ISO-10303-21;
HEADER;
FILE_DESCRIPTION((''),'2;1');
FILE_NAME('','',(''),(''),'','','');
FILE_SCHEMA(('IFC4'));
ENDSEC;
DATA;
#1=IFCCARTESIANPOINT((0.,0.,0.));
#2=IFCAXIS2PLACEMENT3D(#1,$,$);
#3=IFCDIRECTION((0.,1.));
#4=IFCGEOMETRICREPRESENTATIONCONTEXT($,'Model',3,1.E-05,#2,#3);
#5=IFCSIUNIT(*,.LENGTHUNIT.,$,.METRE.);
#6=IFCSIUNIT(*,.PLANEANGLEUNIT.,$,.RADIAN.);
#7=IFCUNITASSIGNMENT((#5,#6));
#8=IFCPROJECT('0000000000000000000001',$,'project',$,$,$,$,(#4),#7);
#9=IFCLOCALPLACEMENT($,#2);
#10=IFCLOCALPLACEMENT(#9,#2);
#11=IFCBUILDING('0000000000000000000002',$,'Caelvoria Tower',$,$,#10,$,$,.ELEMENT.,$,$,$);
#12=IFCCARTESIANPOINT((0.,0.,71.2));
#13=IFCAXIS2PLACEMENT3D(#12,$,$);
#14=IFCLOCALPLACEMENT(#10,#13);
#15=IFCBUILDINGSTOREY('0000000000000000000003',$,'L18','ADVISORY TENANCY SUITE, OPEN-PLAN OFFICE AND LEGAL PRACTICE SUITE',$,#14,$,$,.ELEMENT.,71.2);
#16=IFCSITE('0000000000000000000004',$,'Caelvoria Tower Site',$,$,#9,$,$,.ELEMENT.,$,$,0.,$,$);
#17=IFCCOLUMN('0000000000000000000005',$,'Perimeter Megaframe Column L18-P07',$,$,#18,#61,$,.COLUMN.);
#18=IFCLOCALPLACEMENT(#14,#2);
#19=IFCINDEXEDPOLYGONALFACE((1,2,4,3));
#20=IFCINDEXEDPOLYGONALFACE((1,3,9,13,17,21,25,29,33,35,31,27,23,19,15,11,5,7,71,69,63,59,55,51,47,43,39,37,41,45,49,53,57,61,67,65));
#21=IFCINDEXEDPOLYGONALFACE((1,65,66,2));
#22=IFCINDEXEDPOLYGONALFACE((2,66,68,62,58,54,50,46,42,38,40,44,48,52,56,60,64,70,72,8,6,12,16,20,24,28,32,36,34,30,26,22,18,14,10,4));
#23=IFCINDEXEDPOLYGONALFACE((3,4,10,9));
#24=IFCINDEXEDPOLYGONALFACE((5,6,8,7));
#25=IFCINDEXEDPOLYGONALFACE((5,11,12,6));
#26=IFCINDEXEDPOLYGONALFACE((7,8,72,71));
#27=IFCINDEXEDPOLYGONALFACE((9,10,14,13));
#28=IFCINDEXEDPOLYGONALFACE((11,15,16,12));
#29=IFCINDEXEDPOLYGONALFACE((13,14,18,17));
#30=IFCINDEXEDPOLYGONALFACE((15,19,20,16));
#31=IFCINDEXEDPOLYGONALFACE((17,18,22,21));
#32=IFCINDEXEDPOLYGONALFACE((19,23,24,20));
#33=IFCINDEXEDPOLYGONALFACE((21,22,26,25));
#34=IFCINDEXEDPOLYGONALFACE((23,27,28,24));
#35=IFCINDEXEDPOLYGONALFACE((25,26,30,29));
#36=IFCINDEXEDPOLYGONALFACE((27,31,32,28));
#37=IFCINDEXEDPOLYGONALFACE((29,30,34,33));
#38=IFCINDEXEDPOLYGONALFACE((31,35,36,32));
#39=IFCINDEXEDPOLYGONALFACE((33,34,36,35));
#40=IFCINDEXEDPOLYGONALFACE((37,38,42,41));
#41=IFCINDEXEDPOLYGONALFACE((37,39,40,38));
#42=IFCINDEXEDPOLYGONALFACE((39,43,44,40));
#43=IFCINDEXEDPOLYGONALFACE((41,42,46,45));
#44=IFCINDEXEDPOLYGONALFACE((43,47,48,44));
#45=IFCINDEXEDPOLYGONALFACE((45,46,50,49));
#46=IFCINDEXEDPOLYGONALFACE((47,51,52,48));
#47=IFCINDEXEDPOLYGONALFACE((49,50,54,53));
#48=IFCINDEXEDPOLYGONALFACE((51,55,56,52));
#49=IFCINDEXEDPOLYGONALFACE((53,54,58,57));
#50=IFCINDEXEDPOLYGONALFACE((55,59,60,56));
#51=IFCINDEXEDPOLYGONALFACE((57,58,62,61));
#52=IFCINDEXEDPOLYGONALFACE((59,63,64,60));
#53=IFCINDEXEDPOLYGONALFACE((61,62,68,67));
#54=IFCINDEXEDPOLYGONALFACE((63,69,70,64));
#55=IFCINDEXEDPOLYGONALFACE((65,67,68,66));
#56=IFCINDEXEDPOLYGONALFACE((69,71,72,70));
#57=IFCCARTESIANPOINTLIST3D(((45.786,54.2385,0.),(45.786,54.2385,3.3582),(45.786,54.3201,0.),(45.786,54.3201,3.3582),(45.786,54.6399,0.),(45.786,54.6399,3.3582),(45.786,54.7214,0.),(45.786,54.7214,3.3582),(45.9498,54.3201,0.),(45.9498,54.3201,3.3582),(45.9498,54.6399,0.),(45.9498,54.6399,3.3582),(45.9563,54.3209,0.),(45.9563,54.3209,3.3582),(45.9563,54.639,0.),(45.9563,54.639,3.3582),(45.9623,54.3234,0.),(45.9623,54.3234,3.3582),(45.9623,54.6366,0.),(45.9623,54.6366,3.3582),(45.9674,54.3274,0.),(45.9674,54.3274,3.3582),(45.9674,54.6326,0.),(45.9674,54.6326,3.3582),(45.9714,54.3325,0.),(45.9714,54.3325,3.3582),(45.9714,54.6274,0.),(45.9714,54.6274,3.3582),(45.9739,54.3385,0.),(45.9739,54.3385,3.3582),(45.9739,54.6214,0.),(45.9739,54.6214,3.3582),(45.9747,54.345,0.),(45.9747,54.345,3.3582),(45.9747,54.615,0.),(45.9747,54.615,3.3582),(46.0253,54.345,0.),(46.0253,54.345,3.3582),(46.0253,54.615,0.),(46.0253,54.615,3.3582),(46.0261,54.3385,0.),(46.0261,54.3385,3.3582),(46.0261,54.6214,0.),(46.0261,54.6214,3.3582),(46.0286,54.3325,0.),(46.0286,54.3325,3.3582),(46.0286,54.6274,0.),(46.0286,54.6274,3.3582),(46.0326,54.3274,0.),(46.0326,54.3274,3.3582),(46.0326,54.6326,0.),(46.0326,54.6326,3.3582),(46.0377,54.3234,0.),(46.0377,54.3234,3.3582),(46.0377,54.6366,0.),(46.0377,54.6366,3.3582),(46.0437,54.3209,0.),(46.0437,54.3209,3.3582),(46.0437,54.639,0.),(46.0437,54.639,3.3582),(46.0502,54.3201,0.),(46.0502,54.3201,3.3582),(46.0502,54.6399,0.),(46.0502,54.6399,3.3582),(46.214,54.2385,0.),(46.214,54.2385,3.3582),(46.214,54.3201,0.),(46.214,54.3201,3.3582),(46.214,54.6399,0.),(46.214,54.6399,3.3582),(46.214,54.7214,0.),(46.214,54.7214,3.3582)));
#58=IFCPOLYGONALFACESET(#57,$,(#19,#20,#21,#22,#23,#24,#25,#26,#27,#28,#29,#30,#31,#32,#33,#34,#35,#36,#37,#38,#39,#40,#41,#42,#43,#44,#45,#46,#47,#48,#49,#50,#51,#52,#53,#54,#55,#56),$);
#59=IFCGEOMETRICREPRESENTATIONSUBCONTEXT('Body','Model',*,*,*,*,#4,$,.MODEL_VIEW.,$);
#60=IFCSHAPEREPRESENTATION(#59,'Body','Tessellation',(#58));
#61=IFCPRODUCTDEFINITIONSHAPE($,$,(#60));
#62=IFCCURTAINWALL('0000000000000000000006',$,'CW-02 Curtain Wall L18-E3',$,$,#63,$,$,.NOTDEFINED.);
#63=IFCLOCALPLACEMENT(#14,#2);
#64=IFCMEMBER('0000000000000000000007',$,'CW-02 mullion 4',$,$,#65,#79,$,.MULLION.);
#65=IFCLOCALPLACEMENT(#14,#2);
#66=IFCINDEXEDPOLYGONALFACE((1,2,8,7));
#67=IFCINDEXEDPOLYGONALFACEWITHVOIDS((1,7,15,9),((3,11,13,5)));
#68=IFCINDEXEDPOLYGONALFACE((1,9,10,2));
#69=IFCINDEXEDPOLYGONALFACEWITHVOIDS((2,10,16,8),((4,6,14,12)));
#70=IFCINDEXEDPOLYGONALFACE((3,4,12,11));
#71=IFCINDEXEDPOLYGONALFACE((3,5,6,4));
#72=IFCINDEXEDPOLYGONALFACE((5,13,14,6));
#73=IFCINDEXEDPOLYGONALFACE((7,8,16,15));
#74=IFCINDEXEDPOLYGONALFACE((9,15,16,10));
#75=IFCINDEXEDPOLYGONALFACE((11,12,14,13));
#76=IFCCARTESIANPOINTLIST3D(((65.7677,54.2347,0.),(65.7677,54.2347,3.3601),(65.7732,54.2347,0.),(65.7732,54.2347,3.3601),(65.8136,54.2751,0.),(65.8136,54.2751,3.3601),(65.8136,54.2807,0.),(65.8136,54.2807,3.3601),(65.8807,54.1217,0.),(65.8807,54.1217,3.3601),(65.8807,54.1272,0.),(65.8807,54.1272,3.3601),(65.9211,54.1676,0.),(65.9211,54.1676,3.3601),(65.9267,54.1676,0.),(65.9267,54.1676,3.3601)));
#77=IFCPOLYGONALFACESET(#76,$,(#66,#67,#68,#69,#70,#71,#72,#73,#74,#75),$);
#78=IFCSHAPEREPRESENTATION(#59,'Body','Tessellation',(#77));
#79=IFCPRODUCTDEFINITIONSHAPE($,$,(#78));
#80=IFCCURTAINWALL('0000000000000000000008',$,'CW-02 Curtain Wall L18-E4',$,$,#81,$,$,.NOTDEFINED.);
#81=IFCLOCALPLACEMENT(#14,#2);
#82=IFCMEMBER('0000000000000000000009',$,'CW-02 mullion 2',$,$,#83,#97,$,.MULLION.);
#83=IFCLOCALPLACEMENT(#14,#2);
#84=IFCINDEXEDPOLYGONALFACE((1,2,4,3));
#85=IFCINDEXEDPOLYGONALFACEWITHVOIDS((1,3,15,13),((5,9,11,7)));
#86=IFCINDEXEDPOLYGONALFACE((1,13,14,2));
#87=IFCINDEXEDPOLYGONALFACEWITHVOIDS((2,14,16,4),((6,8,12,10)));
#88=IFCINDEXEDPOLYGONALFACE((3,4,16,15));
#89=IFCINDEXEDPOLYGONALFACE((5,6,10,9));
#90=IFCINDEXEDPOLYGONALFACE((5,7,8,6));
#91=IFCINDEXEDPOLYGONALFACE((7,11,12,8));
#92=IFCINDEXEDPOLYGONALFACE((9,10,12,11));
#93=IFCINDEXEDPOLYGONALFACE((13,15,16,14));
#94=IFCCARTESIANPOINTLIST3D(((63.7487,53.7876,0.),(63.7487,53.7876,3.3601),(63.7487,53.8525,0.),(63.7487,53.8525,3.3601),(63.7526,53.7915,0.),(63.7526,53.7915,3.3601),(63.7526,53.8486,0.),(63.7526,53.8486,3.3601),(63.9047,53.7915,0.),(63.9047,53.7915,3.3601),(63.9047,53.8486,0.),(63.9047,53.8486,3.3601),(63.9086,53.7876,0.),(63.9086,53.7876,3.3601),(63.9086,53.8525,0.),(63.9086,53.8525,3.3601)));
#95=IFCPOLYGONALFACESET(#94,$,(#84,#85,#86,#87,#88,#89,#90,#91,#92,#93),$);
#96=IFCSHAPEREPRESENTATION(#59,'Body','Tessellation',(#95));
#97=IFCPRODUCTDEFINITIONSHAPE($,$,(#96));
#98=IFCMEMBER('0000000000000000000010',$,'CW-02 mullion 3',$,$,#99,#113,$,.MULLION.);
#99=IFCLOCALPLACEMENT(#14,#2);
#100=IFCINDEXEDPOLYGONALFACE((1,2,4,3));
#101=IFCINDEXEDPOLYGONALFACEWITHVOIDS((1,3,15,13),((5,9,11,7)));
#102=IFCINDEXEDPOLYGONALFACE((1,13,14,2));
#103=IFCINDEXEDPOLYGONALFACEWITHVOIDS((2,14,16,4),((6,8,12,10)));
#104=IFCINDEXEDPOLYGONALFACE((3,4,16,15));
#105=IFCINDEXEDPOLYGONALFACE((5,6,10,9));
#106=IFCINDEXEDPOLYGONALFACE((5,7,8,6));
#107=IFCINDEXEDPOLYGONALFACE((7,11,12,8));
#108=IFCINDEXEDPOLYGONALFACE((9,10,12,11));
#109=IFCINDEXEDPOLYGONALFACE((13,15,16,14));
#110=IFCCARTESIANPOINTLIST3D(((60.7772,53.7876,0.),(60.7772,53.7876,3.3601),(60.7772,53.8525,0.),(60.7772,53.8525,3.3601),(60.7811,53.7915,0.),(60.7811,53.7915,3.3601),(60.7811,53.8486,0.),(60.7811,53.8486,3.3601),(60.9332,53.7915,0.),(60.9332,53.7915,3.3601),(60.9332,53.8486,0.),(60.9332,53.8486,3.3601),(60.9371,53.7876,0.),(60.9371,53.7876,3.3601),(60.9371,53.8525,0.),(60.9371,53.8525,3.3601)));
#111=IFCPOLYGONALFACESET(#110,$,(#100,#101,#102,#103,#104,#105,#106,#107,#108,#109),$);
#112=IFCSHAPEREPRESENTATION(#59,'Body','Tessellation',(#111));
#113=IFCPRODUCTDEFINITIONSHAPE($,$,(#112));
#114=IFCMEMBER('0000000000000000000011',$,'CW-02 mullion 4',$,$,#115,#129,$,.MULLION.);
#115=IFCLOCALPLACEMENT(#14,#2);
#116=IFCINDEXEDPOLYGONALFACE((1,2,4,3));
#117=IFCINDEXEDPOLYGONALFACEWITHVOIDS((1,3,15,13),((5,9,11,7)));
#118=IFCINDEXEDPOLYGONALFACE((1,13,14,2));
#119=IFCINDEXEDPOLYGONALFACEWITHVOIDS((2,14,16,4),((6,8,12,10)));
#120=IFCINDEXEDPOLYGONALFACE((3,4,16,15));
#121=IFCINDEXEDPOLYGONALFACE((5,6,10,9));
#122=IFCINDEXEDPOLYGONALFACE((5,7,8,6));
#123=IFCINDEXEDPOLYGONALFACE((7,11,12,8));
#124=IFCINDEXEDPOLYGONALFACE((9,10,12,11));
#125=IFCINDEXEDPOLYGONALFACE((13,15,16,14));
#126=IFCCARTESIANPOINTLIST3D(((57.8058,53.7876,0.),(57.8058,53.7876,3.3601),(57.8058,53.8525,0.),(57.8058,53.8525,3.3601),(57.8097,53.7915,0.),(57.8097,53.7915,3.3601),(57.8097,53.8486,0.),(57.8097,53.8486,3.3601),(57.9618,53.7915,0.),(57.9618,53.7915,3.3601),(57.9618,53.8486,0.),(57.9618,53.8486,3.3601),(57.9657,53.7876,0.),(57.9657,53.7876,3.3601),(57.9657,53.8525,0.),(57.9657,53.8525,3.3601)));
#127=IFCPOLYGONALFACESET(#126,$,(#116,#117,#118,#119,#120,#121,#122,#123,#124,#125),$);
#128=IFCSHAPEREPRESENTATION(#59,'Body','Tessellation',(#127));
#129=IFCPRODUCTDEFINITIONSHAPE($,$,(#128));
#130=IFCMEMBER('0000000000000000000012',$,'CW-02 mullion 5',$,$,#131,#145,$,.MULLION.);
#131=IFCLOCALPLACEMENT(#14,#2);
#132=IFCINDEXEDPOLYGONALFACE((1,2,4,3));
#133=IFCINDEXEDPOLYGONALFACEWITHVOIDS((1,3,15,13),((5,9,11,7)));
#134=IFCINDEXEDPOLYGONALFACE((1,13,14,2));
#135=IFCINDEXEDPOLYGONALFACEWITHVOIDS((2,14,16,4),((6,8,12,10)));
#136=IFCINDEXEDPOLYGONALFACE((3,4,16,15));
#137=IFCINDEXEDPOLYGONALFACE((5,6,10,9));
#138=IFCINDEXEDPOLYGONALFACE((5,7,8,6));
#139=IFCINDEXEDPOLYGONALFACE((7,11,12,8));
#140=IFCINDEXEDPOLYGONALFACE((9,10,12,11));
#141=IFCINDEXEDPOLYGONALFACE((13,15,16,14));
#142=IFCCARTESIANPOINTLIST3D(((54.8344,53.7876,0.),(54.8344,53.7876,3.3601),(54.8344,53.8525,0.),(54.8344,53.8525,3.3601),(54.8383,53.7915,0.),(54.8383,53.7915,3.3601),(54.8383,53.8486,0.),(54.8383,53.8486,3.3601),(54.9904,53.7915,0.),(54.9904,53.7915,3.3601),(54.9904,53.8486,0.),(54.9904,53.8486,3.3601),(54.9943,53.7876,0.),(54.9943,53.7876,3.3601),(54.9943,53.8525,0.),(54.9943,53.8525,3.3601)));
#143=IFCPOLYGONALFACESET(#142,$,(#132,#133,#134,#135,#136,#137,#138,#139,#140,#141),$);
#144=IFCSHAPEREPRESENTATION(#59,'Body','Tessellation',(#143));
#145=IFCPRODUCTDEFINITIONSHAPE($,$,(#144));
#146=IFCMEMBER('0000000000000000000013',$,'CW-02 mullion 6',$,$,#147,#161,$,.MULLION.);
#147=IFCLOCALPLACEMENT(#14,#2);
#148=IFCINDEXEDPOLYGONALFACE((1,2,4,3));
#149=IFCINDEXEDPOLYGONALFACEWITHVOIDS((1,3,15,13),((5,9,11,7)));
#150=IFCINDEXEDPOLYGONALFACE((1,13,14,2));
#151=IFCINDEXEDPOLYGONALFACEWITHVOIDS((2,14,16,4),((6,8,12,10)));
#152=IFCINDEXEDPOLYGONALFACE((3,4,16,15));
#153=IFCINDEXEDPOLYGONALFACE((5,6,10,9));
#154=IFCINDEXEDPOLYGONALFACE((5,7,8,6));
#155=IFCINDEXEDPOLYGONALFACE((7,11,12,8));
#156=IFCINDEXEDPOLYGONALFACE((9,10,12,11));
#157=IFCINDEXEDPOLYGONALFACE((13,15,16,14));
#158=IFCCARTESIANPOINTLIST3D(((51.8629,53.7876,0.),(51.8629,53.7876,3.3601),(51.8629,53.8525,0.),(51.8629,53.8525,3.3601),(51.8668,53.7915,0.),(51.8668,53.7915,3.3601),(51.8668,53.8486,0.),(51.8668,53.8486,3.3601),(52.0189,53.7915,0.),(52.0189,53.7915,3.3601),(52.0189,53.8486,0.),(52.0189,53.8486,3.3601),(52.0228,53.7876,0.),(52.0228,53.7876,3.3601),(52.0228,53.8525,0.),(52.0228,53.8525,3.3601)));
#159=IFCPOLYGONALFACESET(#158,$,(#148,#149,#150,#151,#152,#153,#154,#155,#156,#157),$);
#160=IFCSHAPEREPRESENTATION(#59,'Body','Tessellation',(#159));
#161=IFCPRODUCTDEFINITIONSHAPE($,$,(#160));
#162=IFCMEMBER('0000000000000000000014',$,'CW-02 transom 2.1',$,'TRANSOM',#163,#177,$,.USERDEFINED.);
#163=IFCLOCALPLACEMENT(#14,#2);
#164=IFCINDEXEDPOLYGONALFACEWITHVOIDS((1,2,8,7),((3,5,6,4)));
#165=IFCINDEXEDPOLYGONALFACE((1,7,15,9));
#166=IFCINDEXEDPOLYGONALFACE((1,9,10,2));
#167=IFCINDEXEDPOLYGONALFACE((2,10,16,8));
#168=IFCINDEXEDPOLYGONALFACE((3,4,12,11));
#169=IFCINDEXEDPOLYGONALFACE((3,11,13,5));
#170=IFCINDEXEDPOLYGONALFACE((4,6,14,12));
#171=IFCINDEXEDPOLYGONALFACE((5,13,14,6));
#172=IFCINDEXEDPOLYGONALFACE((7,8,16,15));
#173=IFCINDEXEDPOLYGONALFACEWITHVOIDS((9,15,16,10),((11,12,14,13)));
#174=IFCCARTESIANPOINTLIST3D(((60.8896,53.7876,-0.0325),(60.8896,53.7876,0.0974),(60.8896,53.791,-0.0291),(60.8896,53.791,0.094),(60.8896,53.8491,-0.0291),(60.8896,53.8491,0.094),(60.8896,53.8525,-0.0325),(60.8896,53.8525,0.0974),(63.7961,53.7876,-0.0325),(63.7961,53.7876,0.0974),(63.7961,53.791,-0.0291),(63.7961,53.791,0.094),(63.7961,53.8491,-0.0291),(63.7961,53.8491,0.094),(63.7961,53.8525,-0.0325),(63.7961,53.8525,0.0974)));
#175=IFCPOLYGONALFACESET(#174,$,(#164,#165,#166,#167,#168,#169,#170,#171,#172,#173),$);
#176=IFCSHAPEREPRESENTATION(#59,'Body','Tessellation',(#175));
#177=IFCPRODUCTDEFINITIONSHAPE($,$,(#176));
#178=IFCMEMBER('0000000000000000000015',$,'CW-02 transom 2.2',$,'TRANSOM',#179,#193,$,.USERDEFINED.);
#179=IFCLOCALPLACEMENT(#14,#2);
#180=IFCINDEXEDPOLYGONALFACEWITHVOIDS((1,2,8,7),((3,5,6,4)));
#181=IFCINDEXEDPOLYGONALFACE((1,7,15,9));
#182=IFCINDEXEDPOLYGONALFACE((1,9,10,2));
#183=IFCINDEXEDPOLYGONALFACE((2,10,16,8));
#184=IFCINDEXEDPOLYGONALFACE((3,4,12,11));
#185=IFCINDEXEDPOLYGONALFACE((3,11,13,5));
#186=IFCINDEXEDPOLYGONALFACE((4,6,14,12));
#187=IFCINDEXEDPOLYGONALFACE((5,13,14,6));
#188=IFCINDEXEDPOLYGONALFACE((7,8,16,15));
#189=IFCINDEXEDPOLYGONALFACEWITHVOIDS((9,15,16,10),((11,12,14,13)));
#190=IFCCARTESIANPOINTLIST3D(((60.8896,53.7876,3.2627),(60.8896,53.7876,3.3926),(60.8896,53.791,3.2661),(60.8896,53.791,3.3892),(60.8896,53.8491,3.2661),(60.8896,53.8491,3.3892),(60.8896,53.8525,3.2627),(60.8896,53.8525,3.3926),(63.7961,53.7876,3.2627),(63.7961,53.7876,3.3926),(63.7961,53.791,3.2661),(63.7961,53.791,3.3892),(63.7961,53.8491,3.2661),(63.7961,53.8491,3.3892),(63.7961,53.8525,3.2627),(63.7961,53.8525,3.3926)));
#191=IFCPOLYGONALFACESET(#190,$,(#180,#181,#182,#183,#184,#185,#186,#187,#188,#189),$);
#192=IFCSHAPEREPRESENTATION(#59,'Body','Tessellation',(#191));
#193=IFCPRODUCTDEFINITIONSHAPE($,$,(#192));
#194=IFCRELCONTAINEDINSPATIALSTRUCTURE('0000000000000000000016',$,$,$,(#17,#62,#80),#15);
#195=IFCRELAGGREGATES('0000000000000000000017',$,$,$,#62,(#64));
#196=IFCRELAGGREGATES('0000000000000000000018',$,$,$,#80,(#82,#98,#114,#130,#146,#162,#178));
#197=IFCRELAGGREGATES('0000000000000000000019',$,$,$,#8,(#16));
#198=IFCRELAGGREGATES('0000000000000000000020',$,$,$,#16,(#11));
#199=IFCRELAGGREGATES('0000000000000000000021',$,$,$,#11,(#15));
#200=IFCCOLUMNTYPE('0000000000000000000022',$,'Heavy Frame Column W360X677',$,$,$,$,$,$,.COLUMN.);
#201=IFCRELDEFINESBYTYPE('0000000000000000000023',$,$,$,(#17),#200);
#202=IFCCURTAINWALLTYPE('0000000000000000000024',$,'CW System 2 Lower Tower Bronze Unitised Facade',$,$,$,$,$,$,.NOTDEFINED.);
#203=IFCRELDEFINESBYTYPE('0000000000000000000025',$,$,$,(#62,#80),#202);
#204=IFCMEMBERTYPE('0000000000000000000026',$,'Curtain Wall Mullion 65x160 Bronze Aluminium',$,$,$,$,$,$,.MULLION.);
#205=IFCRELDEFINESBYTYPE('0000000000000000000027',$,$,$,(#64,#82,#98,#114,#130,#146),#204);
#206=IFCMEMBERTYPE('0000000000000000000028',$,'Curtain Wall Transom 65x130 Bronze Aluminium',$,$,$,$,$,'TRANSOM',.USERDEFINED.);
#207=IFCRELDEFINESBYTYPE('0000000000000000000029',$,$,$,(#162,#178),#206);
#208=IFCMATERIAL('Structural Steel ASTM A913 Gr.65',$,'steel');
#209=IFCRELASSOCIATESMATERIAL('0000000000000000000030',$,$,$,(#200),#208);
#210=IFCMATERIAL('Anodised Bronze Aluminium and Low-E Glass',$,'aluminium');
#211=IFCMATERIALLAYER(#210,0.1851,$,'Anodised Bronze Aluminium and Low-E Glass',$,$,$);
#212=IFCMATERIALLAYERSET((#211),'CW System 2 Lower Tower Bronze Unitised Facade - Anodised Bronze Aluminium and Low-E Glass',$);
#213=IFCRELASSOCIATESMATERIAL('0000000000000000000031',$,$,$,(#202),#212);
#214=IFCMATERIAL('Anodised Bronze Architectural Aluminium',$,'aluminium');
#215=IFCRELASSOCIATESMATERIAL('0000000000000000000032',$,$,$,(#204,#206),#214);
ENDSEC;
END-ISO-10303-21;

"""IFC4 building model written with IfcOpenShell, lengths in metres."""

from ifc_helpers import new_model, si_unit, direction, frame, origin, origin_2d, place, context, subcontext, project, spatial, hollow_rectangle, i_section, extrude, material, layer, layer_set, material_profile, profile_set, type_object, element, aggregate, save


model = new_model("IFC4")

# Units and contexts
model_context = context("Model", 3, precision=1e-05, world=origin(), true_north=direction((0.0, 1.0)))
body_context = subcontext(model_context, "Body", "Model", "MODEL_VIEW")
ifc_project = project(units=[si_unit("LENGTHUNIT", "METRE"), si_unit("PLANEANGLEUNIT", "RADIAN")], contexts=[model_context])

# Site, building, storey
site_placement = place(None, origin())
site = spatial("IfcSite", under=ifc_project, at=site_placement, Name="Caelvoria Tower Site", CompositionType="ELEMENT", RefElevation=0.0)
building_placement = place(site_placement, origin())
building = spatial("IfcBuilding", under=site, at=building_placement, Name="Caelvoria Tower", CompositionType="ELEMENT")
storey_placement = place(building_placement, frame((0.0, 0.0, 71.2)))
storey = spatial("IfcBuildingStorey", under=building, at=storey_placement, Name="L18", Description="ADVISORY TENANCY SUITE, OPEN-PLAN OFFICE AND LEGAL PRACTICE SUITE", CompositionType="ELEMENT", Elevation=71.2)

# Column
ifc_material_1 = material(Name="Structural Steel ASTM A913 Gr.65", Category="steel")
ifc_material_profile_1 = material_profile(ifc_material_1, i_section(OverallWidth=0.428, OverallDepth=0.4829, WebThickness=0.0505, FlangeThickness=0.0815, FilletRadius=0.0249, at=origin_2d()), Name="Structural Steel ASTM A913 Gr.65")
ifc_profile_set_1 = profile_set([ifc_material_profile_1], Name="W360X677 - Structural Steel ASTM A913 Gr.65")
column_type = type_object("IfcColumnType", Name="Heavy Frame Column W360X677", PredefinedType="COLUMN", material=ifc_profile_set_1)
column_placement = place(storey_placement, frame((46.0, 54.48, 0.0), z_axis=(0.0, 0.0, 1.0), x_axis=(1.0, 0.0, 0.0)))
element("IfcColumn", 1, at=column_placement, inside=storey, type_object=column_type, Name="Perimeter Megaframe Column L18-P07", PredefinedType="COLUMN", context=body_context, shape_type="SweptSolid", body=[
    extrude(i_section(OverallWidth=0.428, OverallDepth=0.4829, WebThickness=0.0505, FlangeThickness=0.0815, FilletRadius=0.0249, at=origin_2d()), origin(), (0.0, 0.0, 1.0), 3.3582),
])

# Curtain wall, member
ifc_material_2 = material(Name="Anodised Bronze Aluminium and Low-E Glass", Category="aluminium")
ifc_layer_1 = layer(ifc_material_2, 0.1851, Name="Anodised Bronze Aluminium and Low-E Glass")
ifc_layer_set_1 = layer_set([ifc_layer_1], Name="CW System 2 Lower Tower Bronze Unitised Facade - Anodised Bronze Aluminium and Low-E Glass")
curtain_wall_type = type_object("IfcCurtainWallType", Name="CW System 2 Lower Tower Bronze Unitised Facade", PredefinedType="NOTDEFINED", material=ifc_layer_set_1)
curtain_wall_1_placement = place(storey_placement, origin())
curtain_wall_1 = element("IfcCurtainWall", 2, at=curtain_wall_1_placement, inside=storey, type_object=curtain_wall_type, Name="CW-02 Curtain Wall L18-E3", PredefinedType="NOTDEFINED")
ifc_material_3 = material(Name="Anodised Bronze Architectural Aluminium", Category="aluminium")
ifc_material_profile_2 = material_profile(ifc_material_3, hollow_rectangle(XDim=0.0649, YDim=0.1599, WallThickness=0.0039, at=origin_2d()), Name="Anodised Bronze Architectural Aluminium")
ifc_profile_set_2 = profile_set([ifc_material_profile_2], Name="CW_MULL_65X160 - Anodised Bronze Architectural Aluminium")
member_type_1 = type_object("IfcMemberType", Name="Curtain Wall Mullion 65x160 Bronze Aluminium", PredefinedType="MULLION", material=ifc_profile_set_2)
member_1_placement = place(storey_placement, frame((65.8472, 54.2012, 0.0), z_axis=(0.0, 0.0, 1.0), x_axis=(-0.707107, -0.707107, 0.0)))
member_1 = element("IfcMember", 3, at=member_1_placement, type_object=member_type_1, Name="CW-02 mullion 4", PredefinedType="MULLION", context=body_context, shape_type="SweptSolid", body=[
    extrude(hollow_rectangle(XDim=0.0649, YDim=0.1599, WallThickness=0.0039, at=origin_2d()), origin(), (0.0, 0.0, 1.0), 3.3601),
])
aggregate(curtain_wall_1, [member_1])

# Curtain wall, members
curtain_wall_2_placement = place(storey_placement, origin())
curtain_wall_2 = element("IfcCurtainWall", 4, at=curtain_wall_2_placement, inside=storey, type_object=curtain_wall_type, Name="CW-02 Curtain Wall L18-E4", PredefinedType="NOTDEFINED")
member_2_placement = place(storey_placement, frame((63.8286, 53.8201, 0.0), z_axis=(0.0, 0.0, 1.0), x_axis=(0.0, -1.0, 0.0)))
member_2 = element("IfcMember", 5, at=member_2_placement, type_object=member_type_1, Name="CW-02 mullion 2", PredefinedType="MULLION", context=body_context, shape_type="SweptSolid", body=[
    extrude(hollow_rectangle(XDim=0.0649, YDim=0.1599, WallThickness=0.0039, at=origin_2d()), origin(), (0.0, 0.0, 1.0), 3.3601),
])
member_3_placement = place(storey_placement, frame((60.8572, 53.8201, 0.0), z_axis=(0.0, 0.0, 1.0), x_axis=(0.0, -1.0, 0.0)))
member_3 = element("IfcMember", 6, at=member_3_placement, type_object=member_type_1, Name="CW-02 mullion 3", PredefinedType="MULLION", context=body_context, shape_type="SweptSolid", body=[
    extrude(hollow_rectangle(XDim=0.0649, YDim=0.1599, WallThickness=0.0039, at=origin_2d()), origin(), (0.0, 0.0, 1.0), 3.3601),
])
member_4_placement = place(storey_placement, frame((57.8857, 53.8201, 0.0), z_axis=(0.0, 0.0, 1.0), x_axis=(0.0, -1.0, 0.0)))
member_4 = element("IfcMember", 7, at=member_4_placement, type_object=member_type_1, Name="CW-02 mullion 4", PredefinedType="MULLION", context=body_context, shape_type="SweptSolid", body=[
    extrude(hollow_rectangle(XDim=0.0649, YDim=0.1599, WallThickness=0.0039, at=origin_2d()), origin(), (0.0, 0.0, 1.0), 3.3601),
])
member_5_placement = place(storey_placement, frame((54.9143, 53.8201, 0.0), z_axis=(0.0, 0.0, 1.0), x_axis=(0.0, -1.0, 0.0)))
member_5 = element("IfcMember", 8, at=member_5_placement, type_object=member_type_1, Name="CW-02 mullion 5", PredefinedType="MULLION", context=body_context, shape_type="SweptSolid", body=[
    extrude(hollow_rectangle(XDim=0.0649, YDim=0.1599, WallThickness=0.0039, at=origin_2d()), origin(), (0.0, 0.0, 1.0), 3.3601),
])
member_6_placement = place(storey_placement, frame((51.9429, 53.8201, 0.0), z_axis=(0.0, 0.0, 1.0), x_axis=(0.0, -1.0, 0.0)))
member_6 = element("IfcMember", 9, at=member_6_placement, type_object=member_type_1, Name="CW-02 mullion 6", PredefinedType="MULLION", context=body_context, shape_type="SweptSolid", body=[
    extrude(hollow_rectangle(XDim=0.0649, YDim=0.1599, WallThickness=0.0039, at=origin_2d()), origin(), (0.0, 0.0, 1.0), 3.3601),
])
ifc_material_profile_3 = material_profile(ifc_material_3, hollow_rectangle(XDim=0.0649, YDim=0.1299, WallThickness=0.0034, at=origin_2d()), Name="Anodised Bronze Architectural Aluminium")
ifc_profile_set_3 = profile_set([ifc_material_profile_3], Name="CW_TRAN_65X130 - Anodised Bronze Architectural Aluminium")
member_type_2 = type_object("IfcMemberType", Name="Curtain Wall Transom 65x130 Bronze Aluminium", ElementType="TRANSOM", PredefinedType="USERDEFINED", material=ifc_profile_set_3)
member_7_placement = place(storey_placement, frame((63.7961, 53.8201, 0.0325), z_axis=(-1.0, 0.0, 0.0), x_axis=(0.0, -1.0, 0.0)))
member_7 = element("IfcMember", 10, at=member_7_placement, type_object=member_type_2, Name="CW-02 transom 2.1", ObjectType="TRANSOM", PredefinedType="USERDEFINED", context=body_context, shape_type="SweptSolid", body=[
    extrude(hollow_rectangle(XDim=0.0649, YDim=0.1299, WallThickness=0.0034, at=origin_2d()), origin(), (0.0, 0.0, 1.0), 2.9065),
])
member_8_placement = place(storey_placement, frame((63.7961, 53.8201, 3.3276), z_axis=(-1.0, 0.0, 0.0), x_axis=(0.0, -1.0, 0.0)))
member_8 = element("IfcMember", 11, at=member_8_placement, type_object=member_type_2, Name="CW-02 transom 2.2", ObjectType="TRANSOM", PredefinedType="USERDEFINED", context=body_context, shape_type="SweptSolid", body=[
    extrude(hollow_rectangle(XDim=0.0649, YDim=0.1299, WallThickness=0.0034, at=origin_2d()), origin(), (0.0, 0.0, 1.0), 2.9065),
])

aggregate(curtain_wall_2, [member_2, member_3, member_4, member_5, member_6, member_7, member_8])

save(model, "model.ifc")
